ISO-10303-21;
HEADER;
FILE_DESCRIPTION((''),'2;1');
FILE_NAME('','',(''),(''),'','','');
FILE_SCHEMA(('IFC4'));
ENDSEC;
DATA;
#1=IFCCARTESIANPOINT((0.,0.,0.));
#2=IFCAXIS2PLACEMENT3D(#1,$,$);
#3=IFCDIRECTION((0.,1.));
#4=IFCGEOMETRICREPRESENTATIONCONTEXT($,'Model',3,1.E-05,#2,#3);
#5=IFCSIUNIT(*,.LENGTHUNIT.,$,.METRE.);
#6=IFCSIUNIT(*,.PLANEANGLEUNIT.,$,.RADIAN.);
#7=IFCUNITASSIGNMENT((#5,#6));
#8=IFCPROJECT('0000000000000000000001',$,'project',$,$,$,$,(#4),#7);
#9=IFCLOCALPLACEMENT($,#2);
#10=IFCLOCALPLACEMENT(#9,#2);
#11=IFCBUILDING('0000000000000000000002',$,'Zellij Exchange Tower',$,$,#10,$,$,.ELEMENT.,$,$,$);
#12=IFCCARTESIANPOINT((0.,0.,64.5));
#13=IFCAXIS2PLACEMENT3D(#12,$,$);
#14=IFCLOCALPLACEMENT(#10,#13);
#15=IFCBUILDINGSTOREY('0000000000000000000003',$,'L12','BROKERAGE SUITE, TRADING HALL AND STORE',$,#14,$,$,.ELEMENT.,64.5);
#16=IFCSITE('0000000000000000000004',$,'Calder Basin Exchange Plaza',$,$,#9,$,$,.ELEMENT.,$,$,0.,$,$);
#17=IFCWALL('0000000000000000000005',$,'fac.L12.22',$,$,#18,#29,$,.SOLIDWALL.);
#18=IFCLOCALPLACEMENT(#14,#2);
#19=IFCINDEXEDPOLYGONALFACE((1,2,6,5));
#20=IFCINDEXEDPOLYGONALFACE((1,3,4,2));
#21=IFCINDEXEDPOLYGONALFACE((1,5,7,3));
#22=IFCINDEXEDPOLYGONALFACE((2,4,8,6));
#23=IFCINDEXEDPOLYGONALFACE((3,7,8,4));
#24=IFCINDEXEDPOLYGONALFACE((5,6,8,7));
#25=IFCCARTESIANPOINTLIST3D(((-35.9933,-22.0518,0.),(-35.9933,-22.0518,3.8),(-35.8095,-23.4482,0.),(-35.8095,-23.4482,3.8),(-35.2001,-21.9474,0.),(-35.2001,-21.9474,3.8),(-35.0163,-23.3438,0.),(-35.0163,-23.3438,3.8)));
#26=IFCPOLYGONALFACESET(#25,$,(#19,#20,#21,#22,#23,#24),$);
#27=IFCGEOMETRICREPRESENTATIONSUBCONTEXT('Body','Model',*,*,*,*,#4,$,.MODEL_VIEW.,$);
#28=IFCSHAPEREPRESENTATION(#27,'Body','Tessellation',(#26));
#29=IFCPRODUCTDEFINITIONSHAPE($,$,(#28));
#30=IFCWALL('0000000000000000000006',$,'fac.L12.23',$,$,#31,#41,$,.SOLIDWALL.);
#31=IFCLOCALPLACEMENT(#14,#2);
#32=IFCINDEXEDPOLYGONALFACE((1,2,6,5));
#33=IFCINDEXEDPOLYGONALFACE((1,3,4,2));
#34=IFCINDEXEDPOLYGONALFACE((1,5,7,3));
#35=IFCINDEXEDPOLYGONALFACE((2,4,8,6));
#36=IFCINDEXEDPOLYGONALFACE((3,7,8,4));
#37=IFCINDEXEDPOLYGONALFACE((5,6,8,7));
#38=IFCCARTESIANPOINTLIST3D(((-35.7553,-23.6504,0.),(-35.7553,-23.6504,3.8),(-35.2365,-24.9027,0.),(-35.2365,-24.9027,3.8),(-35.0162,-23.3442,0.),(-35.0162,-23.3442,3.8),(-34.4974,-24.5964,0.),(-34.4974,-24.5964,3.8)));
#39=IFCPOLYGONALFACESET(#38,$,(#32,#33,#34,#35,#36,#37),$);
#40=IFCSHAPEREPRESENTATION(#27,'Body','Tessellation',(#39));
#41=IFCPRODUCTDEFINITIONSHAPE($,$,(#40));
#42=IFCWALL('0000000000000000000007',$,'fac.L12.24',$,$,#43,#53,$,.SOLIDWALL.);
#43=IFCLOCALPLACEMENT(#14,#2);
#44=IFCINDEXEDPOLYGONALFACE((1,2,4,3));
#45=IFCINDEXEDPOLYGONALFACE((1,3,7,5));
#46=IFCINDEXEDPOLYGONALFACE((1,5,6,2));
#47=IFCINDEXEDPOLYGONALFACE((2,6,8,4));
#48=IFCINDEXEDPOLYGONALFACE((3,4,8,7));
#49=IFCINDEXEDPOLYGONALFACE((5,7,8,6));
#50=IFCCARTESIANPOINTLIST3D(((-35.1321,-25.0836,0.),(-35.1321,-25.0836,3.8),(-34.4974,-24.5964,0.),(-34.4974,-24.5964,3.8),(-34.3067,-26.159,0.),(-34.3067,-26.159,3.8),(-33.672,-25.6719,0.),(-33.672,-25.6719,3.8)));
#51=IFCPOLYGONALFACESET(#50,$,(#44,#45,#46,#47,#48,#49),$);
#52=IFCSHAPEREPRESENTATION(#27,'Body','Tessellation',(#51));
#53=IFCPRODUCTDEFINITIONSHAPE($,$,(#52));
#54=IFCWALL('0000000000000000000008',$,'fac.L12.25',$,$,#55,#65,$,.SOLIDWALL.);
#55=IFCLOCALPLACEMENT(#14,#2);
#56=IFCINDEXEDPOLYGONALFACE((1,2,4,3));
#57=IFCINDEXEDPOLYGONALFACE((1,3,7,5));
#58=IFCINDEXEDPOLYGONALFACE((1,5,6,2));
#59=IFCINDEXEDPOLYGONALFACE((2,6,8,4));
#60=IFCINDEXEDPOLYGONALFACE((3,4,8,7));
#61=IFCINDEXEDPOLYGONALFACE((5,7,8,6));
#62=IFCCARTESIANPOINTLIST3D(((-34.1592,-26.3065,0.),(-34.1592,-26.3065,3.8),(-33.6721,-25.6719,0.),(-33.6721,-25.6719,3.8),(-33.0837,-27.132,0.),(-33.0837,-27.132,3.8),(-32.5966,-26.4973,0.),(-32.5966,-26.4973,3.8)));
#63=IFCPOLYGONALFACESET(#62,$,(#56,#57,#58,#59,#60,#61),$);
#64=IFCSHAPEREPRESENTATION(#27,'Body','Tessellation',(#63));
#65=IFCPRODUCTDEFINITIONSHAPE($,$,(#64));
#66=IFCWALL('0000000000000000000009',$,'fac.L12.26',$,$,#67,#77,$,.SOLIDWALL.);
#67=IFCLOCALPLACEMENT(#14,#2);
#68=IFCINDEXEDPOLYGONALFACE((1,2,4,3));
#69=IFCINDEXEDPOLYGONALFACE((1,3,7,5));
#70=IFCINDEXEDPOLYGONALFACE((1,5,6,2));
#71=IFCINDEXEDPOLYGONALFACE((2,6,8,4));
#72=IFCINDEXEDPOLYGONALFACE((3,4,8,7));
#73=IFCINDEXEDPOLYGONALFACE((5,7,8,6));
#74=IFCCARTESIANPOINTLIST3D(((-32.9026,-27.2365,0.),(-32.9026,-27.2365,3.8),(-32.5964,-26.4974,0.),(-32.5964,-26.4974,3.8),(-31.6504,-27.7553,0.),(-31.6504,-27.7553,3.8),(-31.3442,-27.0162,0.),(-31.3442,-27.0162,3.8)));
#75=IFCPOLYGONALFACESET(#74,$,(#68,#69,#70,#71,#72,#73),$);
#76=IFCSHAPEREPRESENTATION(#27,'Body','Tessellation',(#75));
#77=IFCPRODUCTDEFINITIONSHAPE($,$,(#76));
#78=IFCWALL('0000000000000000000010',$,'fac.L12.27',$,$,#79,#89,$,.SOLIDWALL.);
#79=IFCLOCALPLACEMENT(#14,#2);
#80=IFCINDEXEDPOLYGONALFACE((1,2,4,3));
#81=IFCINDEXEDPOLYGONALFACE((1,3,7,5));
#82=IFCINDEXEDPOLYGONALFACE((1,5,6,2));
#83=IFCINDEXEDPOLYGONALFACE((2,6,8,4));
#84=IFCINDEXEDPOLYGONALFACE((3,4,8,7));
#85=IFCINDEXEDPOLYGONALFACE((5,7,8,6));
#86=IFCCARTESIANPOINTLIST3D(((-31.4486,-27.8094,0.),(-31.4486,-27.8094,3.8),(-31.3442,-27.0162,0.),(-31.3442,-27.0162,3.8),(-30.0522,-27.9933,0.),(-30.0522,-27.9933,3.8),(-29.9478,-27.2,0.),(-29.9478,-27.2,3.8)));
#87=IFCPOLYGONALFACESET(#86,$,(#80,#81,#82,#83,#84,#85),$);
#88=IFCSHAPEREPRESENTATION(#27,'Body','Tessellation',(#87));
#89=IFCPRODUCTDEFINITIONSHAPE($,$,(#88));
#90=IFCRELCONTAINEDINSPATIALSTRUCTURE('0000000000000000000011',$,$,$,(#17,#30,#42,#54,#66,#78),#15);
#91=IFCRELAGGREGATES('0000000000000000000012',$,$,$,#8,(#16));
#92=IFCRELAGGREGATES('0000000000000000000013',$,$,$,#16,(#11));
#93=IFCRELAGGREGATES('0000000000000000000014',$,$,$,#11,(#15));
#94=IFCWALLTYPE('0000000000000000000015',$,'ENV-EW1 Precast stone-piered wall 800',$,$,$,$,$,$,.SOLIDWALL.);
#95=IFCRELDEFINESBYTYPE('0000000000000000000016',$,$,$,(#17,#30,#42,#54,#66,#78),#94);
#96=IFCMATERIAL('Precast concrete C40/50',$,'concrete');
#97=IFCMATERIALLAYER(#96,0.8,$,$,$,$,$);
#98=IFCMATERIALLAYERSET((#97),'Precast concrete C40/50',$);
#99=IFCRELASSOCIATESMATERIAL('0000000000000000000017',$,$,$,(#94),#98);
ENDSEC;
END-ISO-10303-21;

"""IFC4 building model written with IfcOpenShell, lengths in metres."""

from ifc_helpers import new_model, si_unit, direction, frame, frame_2d, origin, place, context, subcontext, project, spatial, rectangle, extrude, material, layer, layer_set, type_object, element, save


model = new_model("IFC4")

# Units and contexts
model_context = context("Model", 3, precision=1e-05, world=origin(), true_north=direction((0.0, 1.0)))
body_context = subcontext(model_context, "Body", "Model", "MODEL_VIEW")
ifc_project = project(units=[si_unit("LENGTHUNIT", "METRE"), si_unit("PLANEANGLEUNIT", "RADIAN")], contexts=[model_context])

# Site, building, storey
site_placement = place(None, origin())
site = spatial("IfcSite", under=ifc_project, at=site_placement, Name="Calder Basin Exchange Plaza", CompositionType="ELEMENT", RefElevation=0.0)
building_placement = place(site_placement, origin())
building = spatial("IfcBuilding", under=site, at=building_placement, Name="Zellij Exchange Tower", CompositionType="ELEMENT")
storey_placement = place(building_placement, frame((0.0, 0.0, 64.5)))
storey = spatial("IfcBuildingStorey", under=building, at=storey_placement, Name="L12", Description="BROKERAGE SUITE, TRADING HALL AND STORE", CompositionType="ELEMENT", Elevation=64.5)

# Walls
ifc_material_1 = material(Name="Precast concrete C40/50", Category="concrete")
ifc_layer = layer(ifc_material_1, 0.8)
ifc_layer_set = layer_set([ifc_layer], Name="Precast concrete C40/50")
wall_type = type_object("IfcWallType", Name="ENV-EW1 Precast stone-piered wall 800", PredefinedType="SOLIDWALL", material=ifc_layer_set)
wall_1_placement = place(storey_placement, frame((-35.5967, -21.9998, 0.0), z_axis=(0.0, 0.0, 1.0), x_axis=(0.130517, -0.991446, 0.0)))
element("IfcWall", 1, at=wall_1_placement, inside=storey, type_object=wall_type, Name="fac.L12.22", PredefinedType="SOLIDWALL", context=body_context, shape_type="SweptSolid", body=[
    extrude(rectangle(XDim=1.4084, YDim=0.8, at=frame_2d((0.7041, 0.0))), origin(), (0.0, 0.0, 1.0), 3.8),
])
wall_2_placement = place(storey_placement, frame((-35.3857, -23.4973, 0.0), z_axis=(0.0, 0.0, 1.0), x_axis=(0.38276, -0.923848, 0.0)))
element("IfcWall", 2, at=wall_2_placement, inside=storey, type_object=wall_type, Name="fac.L12.23", PredefinedType="SOLIDWALL", context=body_context, shape_type="SweptSolid", body=[
    extrude(rectangle(XDim=1.3555, YDim=0.8, at=frame_2d((0.6777, 0.0))), origin(), (0.0, 0.0, 1.0), 3.8),
])
for number, where, z_axis, x_axis, name in (
    (3, (-34.8147, -24.8401, 0.0), (0.0, 0.0, 1.0), (0.608866, -0.793273, 0.0), "fac.L12.24"),
    (4, (-33.9155, -25.9893, 0.0), (0.0, 0.0, 1.0), (0.793273, -0.608866, 0.0), "fac.L12.25"),
):
    element("IfcWall", number, at=place(storey_placement, frame(where, z_axis=z_axis, x_axis=x_axis)), inside=storey, type_object=wall_type, Name=name, PredefinedType="SOLIDWALL", context=body_context, shape_type="SweptSolid", body=[
        extrude(rectangle(XDim=1.3557, YDim=0.8, at=frame_2d((0.6777, 0.0))), origin(), (0.0, 0.0, 1.0), 3.8),
    ])
wall_3_placement = place(storey_placement, frame((-32.7495, -26.8669, 0.0), z_axis=(0.0, 0.0, 1.0), x_axis=(0.923848, -0.38276, 0.0)))
element("IfcWall", 5, at=wall_3_placement, inside=storey, type_object=wall_type, Name="fac.L12.26", PredefinedType="SOLIDWALL", context=body_context, shape_type="SweptSolid", body=[
    extrude(rectangle(XDim=1.3555, YDim=0.8, at=frame_2d((0.6777, 0.0))), origin(), (0.0, 0.0, 1.0), 3.8),
])
wall_4_placement = place(storey_placement, frame((-31.3962, -27.4128, 0.0), z_axis=(0.0, 0.0, 1.0), x_axis=(0.991446, -0.130517, 0.0)))
element("IfcWall", 6, at=wall_4_placement, inside=storey, type_object=wall_type, Name="fac.L12.27", PredefinedType="SOLIDWALL", context=body_context, shape_type="SweptSolid", body=[
    extrude(rectangle(XDim=1.4084, YDim=0.8, at=frame_2d((0.7041, 0.0))), origin(), (0.0, 0.0, 1.0), 3.8),
])

save(model, "model.ifc")
